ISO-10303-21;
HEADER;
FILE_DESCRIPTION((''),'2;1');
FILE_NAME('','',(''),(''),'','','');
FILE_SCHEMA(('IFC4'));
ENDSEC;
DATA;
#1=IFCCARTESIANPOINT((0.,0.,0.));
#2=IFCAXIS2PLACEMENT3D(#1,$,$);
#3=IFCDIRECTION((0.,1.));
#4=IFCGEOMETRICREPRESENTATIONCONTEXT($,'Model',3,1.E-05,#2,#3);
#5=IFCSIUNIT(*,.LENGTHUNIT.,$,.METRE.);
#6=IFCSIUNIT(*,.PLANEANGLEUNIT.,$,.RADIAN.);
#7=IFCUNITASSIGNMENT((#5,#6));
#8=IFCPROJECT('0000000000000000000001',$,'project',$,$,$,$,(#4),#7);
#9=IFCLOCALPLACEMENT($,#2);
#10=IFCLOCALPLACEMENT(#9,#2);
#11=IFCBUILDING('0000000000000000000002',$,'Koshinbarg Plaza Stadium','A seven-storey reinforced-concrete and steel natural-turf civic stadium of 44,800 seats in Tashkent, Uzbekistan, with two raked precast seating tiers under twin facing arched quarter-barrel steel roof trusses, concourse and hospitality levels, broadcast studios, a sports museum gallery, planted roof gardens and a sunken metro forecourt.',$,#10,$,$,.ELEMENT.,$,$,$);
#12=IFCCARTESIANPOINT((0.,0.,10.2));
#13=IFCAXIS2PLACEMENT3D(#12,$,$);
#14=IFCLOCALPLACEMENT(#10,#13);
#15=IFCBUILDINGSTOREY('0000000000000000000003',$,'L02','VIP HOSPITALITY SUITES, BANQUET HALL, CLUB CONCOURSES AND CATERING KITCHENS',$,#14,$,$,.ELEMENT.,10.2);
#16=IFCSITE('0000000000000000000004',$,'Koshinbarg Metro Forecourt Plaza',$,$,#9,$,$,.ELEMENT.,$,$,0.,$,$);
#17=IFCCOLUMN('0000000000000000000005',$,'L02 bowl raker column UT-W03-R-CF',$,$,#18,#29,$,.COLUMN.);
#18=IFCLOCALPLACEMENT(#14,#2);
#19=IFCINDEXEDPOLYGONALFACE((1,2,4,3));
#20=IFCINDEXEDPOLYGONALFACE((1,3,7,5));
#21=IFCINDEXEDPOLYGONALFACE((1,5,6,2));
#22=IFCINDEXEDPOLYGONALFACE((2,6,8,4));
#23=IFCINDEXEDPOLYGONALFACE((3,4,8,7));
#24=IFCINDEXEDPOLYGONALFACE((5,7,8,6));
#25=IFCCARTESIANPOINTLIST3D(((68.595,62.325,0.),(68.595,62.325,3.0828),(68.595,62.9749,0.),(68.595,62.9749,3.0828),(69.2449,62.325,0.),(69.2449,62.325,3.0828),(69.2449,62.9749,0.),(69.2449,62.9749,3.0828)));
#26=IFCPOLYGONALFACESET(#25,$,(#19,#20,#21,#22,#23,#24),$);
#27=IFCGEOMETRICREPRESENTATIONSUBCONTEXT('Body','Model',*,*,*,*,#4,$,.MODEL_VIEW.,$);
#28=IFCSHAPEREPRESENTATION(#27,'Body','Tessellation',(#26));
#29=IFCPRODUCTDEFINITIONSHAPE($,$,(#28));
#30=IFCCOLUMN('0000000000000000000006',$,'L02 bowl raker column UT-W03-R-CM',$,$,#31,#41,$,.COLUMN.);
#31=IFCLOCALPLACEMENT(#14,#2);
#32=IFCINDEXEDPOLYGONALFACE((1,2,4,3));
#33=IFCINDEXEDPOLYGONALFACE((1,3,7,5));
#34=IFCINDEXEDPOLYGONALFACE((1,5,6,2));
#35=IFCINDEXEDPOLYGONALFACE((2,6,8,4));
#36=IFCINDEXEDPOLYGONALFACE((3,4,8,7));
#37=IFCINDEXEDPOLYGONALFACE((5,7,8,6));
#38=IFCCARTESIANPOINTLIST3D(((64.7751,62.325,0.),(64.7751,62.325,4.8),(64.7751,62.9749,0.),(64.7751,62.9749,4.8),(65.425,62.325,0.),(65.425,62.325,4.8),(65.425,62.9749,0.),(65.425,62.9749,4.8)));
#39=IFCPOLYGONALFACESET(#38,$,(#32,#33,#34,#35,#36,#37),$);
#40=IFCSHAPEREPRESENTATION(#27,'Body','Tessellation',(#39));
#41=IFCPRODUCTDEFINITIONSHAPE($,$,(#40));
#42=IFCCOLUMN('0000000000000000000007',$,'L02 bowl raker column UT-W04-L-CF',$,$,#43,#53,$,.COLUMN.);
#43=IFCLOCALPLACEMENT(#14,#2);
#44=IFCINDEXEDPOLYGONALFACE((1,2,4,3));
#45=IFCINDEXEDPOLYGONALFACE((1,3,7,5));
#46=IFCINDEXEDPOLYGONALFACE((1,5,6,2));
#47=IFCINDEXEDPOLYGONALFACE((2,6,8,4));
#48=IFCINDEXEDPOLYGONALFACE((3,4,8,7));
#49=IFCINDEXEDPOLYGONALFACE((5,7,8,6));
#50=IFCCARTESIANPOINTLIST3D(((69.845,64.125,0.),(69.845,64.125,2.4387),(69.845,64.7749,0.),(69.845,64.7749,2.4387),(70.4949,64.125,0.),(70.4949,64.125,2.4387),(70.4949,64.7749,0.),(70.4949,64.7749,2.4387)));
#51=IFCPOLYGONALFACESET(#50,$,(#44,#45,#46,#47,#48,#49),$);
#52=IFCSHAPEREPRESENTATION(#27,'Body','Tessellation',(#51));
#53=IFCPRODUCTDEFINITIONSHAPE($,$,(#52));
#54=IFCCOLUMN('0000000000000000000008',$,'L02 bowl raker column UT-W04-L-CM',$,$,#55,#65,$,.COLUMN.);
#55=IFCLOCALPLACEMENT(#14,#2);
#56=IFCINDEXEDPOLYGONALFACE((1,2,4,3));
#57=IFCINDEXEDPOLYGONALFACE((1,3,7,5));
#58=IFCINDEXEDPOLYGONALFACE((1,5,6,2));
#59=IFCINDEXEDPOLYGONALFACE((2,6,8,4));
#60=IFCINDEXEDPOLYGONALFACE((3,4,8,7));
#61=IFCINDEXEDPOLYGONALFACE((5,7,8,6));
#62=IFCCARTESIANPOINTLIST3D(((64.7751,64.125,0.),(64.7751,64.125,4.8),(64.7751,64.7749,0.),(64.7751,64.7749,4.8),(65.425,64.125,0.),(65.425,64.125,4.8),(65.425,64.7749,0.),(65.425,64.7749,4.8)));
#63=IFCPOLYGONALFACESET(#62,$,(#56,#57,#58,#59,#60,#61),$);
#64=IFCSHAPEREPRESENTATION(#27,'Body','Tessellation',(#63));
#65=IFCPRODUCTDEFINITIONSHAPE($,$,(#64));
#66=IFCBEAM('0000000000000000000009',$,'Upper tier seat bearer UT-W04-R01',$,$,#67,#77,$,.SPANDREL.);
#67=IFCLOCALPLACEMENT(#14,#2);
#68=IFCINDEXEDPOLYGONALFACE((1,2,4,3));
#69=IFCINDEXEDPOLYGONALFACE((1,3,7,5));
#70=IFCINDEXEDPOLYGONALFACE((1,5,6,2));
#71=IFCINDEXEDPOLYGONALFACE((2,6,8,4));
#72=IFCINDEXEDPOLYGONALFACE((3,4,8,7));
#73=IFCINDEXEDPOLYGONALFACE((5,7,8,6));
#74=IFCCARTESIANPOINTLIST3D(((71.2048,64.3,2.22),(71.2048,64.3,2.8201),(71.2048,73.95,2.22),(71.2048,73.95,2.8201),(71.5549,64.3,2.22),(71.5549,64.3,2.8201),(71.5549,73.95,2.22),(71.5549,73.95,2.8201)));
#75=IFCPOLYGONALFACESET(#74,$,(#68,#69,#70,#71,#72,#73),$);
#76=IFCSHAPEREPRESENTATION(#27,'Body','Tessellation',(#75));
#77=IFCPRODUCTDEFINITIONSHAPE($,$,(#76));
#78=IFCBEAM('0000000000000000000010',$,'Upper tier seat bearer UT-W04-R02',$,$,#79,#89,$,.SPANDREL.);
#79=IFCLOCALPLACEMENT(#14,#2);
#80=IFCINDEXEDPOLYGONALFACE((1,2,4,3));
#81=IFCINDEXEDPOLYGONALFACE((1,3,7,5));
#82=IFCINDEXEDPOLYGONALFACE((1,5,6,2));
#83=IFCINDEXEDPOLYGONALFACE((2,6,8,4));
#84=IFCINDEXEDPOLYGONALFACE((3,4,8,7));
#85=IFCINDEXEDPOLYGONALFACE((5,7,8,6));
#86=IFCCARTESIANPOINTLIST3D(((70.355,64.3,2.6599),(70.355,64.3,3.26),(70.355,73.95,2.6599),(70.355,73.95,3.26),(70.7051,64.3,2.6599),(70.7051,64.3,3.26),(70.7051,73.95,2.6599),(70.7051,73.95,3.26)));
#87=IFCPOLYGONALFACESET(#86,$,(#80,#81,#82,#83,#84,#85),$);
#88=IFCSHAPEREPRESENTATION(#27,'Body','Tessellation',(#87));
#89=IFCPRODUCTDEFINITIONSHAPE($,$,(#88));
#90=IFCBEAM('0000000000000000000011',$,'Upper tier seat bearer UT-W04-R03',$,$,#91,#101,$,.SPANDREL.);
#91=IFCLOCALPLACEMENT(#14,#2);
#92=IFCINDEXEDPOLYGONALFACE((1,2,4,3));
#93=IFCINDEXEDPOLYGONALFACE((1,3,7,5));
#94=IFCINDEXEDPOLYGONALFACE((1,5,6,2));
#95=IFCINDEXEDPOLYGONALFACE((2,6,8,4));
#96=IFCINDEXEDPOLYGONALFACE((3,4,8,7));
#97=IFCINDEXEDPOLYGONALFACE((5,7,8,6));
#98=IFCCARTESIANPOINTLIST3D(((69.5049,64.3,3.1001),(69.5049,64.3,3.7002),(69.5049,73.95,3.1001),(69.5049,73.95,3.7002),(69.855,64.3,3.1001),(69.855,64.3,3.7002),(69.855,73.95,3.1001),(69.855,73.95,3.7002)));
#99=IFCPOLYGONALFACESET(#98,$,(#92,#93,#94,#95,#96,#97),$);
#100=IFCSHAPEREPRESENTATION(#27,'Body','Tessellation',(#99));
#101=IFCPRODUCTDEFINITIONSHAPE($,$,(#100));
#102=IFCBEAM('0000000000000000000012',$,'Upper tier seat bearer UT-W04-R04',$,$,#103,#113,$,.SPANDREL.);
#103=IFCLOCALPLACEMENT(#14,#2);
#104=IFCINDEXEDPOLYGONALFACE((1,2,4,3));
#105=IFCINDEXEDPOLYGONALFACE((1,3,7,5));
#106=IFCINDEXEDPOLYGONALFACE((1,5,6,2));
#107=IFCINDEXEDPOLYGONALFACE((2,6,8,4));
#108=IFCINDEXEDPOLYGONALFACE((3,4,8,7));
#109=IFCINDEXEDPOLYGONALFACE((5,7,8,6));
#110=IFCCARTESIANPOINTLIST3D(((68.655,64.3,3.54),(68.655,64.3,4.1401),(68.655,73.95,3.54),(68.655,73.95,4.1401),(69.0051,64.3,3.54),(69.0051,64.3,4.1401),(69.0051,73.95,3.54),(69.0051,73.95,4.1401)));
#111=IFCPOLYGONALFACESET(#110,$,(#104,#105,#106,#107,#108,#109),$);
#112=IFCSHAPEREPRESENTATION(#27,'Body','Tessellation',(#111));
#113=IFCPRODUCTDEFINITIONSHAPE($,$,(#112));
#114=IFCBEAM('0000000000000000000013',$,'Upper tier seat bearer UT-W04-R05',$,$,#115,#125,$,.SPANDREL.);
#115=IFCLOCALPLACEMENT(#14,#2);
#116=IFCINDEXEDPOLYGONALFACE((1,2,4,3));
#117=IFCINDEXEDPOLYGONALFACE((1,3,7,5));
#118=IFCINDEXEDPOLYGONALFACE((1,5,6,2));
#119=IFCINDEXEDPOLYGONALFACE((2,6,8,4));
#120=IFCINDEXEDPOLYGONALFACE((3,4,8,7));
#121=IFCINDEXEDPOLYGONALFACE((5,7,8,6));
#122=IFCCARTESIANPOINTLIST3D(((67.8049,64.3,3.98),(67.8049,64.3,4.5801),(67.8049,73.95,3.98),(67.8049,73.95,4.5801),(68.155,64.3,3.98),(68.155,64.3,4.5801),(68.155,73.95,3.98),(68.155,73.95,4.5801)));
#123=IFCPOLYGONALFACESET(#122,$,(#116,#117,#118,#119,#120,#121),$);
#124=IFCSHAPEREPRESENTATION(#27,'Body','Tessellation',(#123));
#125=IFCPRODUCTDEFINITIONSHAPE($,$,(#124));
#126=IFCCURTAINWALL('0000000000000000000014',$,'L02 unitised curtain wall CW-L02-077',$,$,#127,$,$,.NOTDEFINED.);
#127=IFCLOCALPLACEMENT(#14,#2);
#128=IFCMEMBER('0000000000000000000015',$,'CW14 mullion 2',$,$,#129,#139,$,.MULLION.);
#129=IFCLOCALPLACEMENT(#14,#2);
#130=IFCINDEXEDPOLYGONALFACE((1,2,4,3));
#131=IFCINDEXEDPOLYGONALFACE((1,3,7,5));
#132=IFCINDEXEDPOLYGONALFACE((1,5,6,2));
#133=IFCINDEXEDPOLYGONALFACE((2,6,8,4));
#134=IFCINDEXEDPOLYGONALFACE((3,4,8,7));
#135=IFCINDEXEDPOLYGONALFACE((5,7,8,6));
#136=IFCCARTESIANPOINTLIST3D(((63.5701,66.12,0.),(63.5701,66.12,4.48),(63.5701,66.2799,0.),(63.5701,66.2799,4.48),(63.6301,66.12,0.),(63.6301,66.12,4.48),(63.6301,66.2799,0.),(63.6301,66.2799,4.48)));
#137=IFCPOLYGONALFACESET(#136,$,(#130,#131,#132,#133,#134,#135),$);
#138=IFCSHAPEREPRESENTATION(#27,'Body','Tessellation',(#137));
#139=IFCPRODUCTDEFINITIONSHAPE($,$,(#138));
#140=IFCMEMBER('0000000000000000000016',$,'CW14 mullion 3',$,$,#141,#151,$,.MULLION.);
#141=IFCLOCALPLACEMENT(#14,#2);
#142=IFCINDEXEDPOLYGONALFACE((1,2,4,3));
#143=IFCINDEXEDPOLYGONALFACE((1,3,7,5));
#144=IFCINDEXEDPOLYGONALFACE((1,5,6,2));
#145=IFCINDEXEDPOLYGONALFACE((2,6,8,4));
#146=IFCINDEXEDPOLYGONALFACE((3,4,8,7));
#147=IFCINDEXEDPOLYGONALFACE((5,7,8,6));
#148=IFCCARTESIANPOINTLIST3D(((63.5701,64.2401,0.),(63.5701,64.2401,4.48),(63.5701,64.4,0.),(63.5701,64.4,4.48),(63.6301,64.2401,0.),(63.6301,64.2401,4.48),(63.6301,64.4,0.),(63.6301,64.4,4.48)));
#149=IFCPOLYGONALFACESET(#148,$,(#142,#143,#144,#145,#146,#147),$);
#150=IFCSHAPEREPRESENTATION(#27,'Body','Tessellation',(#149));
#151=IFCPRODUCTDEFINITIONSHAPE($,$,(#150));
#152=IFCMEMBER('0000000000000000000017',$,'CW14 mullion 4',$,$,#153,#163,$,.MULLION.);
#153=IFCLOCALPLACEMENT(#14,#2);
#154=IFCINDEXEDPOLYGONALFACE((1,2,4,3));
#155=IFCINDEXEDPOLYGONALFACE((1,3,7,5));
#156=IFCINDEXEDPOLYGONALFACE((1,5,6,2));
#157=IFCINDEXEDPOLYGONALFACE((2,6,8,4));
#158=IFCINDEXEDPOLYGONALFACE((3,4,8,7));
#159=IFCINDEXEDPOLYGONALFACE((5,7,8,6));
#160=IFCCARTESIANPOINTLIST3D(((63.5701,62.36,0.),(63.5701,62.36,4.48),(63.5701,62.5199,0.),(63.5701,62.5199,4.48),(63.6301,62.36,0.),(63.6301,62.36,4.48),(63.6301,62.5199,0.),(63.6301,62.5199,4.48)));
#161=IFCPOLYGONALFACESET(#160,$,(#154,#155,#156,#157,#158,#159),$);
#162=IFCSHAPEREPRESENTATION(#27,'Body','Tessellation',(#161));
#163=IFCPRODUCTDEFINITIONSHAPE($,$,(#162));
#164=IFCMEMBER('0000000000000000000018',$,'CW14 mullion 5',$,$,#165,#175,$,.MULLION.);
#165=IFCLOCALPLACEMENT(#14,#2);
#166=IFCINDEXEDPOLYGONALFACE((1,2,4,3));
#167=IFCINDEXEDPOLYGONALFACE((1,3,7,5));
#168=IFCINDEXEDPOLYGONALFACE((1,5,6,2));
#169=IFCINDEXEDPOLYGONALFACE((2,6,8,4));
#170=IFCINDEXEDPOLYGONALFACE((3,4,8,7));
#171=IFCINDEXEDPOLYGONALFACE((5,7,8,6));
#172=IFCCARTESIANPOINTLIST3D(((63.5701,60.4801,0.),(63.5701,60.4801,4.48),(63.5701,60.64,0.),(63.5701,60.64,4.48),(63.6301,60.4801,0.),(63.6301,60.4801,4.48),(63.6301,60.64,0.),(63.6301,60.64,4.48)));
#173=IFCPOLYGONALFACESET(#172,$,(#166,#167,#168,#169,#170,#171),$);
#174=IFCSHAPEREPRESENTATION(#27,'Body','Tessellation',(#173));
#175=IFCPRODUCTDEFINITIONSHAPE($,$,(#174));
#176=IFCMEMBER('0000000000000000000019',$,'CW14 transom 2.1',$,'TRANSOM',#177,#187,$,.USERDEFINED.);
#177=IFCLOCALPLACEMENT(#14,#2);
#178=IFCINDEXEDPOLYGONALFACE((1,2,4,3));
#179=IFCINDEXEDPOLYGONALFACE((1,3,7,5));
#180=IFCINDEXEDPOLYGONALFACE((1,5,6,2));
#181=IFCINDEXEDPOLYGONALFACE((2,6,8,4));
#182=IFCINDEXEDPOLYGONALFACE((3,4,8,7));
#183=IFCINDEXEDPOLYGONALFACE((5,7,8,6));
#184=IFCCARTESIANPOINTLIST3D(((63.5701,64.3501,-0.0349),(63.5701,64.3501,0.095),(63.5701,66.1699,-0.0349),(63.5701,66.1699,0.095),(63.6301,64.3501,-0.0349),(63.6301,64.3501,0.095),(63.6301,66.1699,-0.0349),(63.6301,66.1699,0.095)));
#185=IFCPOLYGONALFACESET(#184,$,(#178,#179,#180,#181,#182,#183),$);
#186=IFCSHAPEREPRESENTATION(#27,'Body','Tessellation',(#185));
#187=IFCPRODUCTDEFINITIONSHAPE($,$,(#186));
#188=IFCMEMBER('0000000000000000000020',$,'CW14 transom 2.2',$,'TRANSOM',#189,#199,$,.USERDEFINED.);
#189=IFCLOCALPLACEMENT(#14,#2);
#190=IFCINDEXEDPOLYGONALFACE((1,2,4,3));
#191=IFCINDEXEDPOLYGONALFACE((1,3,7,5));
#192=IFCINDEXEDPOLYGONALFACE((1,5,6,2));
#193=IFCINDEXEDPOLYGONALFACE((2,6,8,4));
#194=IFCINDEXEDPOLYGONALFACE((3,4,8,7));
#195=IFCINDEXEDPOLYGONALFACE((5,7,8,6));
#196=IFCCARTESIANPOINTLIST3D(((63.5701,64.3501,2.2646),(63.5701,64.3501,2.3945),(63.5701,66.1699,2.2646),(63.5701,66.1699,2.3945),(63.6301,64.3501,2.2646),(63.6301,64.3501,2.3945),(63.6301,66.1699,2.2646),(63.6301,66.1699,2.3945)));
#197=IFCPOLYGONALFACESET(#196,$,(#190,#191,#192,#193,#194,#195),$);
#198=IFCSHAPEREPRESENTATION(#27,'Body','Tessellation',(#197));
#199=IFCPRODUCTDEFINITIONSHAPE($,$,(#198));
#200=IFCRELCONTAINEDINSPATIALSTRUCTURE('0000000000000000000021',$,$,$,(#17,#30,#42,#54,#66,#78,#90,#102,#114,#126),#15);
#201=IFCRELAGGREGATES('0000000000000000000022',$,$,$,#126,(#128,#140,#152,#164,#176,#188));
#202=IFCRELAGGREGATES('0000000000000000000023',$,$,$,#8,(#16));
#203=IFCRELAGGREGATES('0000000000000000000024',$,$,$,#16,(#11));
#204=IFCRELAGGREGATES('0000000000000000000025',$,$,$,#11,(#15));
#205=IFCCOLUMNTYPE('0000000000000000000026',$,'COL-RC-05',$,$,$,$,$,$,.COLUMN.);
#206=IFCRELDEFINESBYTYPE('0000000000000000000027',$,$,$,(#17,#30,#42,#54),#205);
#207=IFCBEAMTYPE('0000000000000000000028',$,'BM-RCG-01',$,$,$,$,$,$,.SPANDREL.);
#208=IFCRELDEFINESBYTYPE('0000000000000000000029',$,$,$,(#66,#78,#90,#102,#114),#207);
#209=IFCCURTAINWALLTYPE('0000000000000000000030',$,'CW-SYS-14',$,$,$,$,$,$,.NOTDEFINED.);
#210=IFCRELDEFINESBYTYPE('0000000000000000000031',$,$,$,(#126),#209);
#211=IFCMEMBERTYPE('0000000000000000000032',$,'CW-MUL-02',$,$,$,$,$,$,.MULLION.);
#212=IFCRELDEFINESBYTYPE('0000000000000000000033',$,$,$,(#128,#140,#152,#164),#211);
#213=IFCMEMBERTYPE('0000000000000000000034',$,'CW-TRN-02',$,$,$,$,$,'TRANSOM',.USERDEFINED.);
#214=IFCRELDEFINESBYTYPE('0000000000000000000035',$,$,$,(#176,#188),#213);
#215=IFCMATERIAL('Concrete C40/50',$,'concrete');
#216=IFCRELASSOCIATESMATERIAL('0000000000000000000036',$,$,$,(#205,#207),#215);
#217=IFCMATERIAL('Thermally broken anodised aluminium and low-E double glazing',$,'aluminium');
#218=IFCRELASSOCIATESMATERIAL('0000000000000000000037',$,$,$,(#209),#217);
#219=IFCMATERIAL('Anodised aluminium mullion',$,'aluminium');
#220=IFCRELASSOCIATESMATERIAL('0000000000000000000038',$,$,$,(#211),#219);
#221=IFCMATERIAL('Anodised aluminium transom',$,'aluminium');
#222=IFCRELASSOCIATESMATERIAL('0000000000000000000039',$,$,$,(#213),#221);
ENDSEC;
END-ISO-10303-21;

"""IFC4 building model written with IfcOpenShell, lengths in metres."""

from ifc_helpers import new_model, si_unit, direction, frame, origin, origin_2d, place, context, subcontext, project, spatial, rectangle, extrude, material, material_profile, profile_set, type_object, element, aggregate, save


model = new_model("IFC4")

# Units and contexts
model_context = context("Model", 3, precision=1e-05, world=origin(), true_north=direction((0.0, 1.0)))
body_context = subcontext(model_context, "Body", "Model", "MODEL_VIEW")
ifc_project = project(units=[si_unit("LENGTHUNIT", "METRE"), si_unit("PLANEANGLEUNIT", "RADIAN")], contexts=[model_context])

# Site, building, storey
site_placement = place(None, origin())
site = spatial("IfcSite", under=ifc_project, at=site_placement, Name="Koshinbarg Metro Forecourt Plaza", CompositionType="ELEMENT", RefElevation=0.0)
building_placement = place(site_placement, origin())
building = spatial("IfcBuilding", under=site, at=building_placement, Name="Koshinbarg Plaza Stadium", Description="A seven-storey reinforced-concrete and steel natural-turf civic stadium of 44,800 seats in Tashkent, Uzbekistan, with two raked precast seating tiers under twin facing arched quarter-barrel steel roof trusses, concourse and hospitality levels, broadcast studios, a sports museum gallery, planted roof gardens and a sunken metro forecourt.", CompositionType="ELEMENT")
storey_placement = place(building_placement, frame((0.0, 0.0, 10.2)))
storey = spatial("IfcBuildingStorey", under=building, at=storey_placement, Name="L02", Description="VIP HOSPITALITY SUITES, BANQUET HALL, CLUB CONCOURSES AND CATERING KITCHENS", CompositionType="ELEMENT", Elevation=10.2)

# Columns
ifc_material_1 = material(Name="Concrete C40/50", Category="concrete")
ifc_material_profile_1 = material_profile(ifc_material_1, rectangle(XDim=0.6499, YDim=0.6499, at=origin_2d()), Name="RC 650x650")
ifc_profile_set_1 = profile_set([ifc_material_profile_1], Name="Concrete C40/50")
column_type = type_object("IfcColumnType", Name="COL-RC-05", PredefinedType="COLUMN", material=ifc_profile_set_1)
column_1_placement = place(storey_placement, frame((68.9199, 62.6499, 0.0), z_axis=(0.0, 0.0, 1.0), x_axis=(1.0, 0.0, 0.0)))
element("IfcColumn", 1, at=column_1_placement, inside=storey, type_object=column_type, Name="L02 bowl raker column UT-W03-R-CF", PredefinedType="COLUMN", context=body_context, shape_type="SweptSolid", body=[
    extrude(rectangle(XDim=0.6499, YDim=0.6499, at=origin_2d()), origin(), (0.0, 0.0, 1.0), 3.0828),
])
column_2_placement = place(storey_placement, frame((65.1001, 62.6499, 0.0), z_axis=(0.0, 0.0, 1.0), x_axis=(1.0, 0.0, 0.0)))
element("IfcColumn", 2, at=column_2_placement, inside=storey, type_object=column_type, Name="L02 bowl raker column UT-W03-R-CM", PredefinedType="COLUMN", context=body_context, shape_type="SweptSolid", body=[
    extrude(rectangle(XDim=0.6499, YDim=0.6499, at=origin_2d()), origin(), (0.0, 0.0, 1.0), 4.8),
])
column_3_placement = place(storey_placement, frame((70.1699, 64.45, 0.0), z_axis=(0.0, 0.0, 1.0), x_axis=(1.0, 0.0, 0.0)))
element("IfcColumn", 3, at=column_3_placement, inside=storey, type_object=column_type, Name="L02 bowl raker column UT-W04-L-CF", PredefinedType="COLUMN", context=body_context, shape_type="SweptSolid", body=[
    extrude(rectangle(XDim=0.6499, YDim=0.6499, at=origin_2d()), origin(), (0.0, 0.0, 1.0), 2.4387),
])
column_4_placement = place(storey_placement, frame((65.1001, 64.45, 0.0), z_axis=(0.0, 0.0, 1.0), x_axis=(1.0, 0.0, 0.0)))
element("IfcColumn", 4, at=column_4_placement, inside=storey, type_object=column_type, Name="L02 bowl raker column UT-W04-L-CM", PredefinedType="COLUMN", context=body_context, shape_type="SweptSolid", body=[
    extrude(rectangle(XDim=0.6499, YDim=0.6499, at=origin_2d()), origin(), (0.0, 0.0, 1.0), 4.8),
])

# Beams
ifc_material_profile_2 = material_profile(ifc_material_1, rectangle(XDim=0.3501, YDim=0.6001, at=origin_2d()), Name="RC 350x600")
ifc_profile_set_2 = profile_set([ifc_material_profile_2], Name="Concrete C40/50")
beam_type = type_object("IfcBeamType", Name="BM-RCG-01", PredefinedType="SPANDREL", material=ifc_profile_set_2)
for number, where, z_axis, x_axis, name in (
    (5, (71.3799, 64.3, 2.52), (0.0, 1.0, 0.0), (-1.0, 0.0, 0.0), "Upper tier seat bearer UT-W04-R01"),
    (6, (70.53, 64.3, 2.96), (0.0, 1.0, 0.0), (-1.0, 0.0, 0.0), "Upper tier seat bearer UT-W04-R02"),
    (7, (69.6799, 64.3, 3.4001), (0.0, 1.0, 0.0), (-1.0, 0.0, 0.0), "Upper tier seat bearer UT-W04-R03"),
    (8, (68.8301, 64.3, 3.8401), (0.0, 1.0, 0.0), (-1.0, 0.0, 0.0), "Upper tier seat bearer UT-W04-R04"),
    (9, (67.98, 64.3, 4.28), (0.0, 1.0, 0.0), (-1.0, 0.0, 0.0), "Upper tier seat bearer UT-W04-R05"),
):
    element("IfcBeam", number, at=place(storey_placement, frame(where, z_axis=z_axis, x_axis=x_axis)), inside=storey, type_object=beam_type, Name=name, PredefinedType="SPANDREL", context=body_context, shape_type="SweptSolid", body=[
        extrude(rectangle(XDim=0.3501, YDim=0.6001, at=origin_2d()), origin(), (0.0, 0.0, 1.0), 9.6499),
    ])

# Curtain wall, members
ifc_material_2 = material(Name="Thermally broken anodised aluminium and low-E double glazing", Category="aluminium")
curtain_wall_type = type_object("IfcCurtainWallType", Name="CW-SYS-14", PredefinedType="NOTDEFINED", material=ifc_material_2)
curtain_wall_placement = place(storey_placement, origin())
curtain_wall = element("IfcCurtainWall", 10, at=curtain_wall_placement, inside=storey, type_object=curtain_wall_type, Name="L02 unitised curtain wall CW-L02-077", PredefinedType="NOTDEFINED")
ifc_material_3 = material(Name="Anodised aluminium mullion", Category="aluminium")
ifc_material_profile_3 = material_profile(ifc_material_3, rectangle(XDim=0.0601, YDim=0.1599, at=origin_2d()), Name="ALU 60x160")
ifc_profile_set_3 = profile_set([ifc_material_profile_3], Name="Anodised aluminium mullion")
member_type_1 = type_object("IfcMemberType", Name="CW-MUL-02", PredefinedType="MULLION", material=ifc_profile_set_3)
member_1_placement = place(storey_placement, frame((63.6001, 66.2, 0.0), z_axis=(0.0, 0.0, 1.0), x_axis=(1.0, 0.0, 0.0)))
member_1 = element("IfcMember", 11, at=member_1_placement, type_object=member_type_1, Name="CW14 mullion 2", PredefinedType="MULLION", context=body_context, shape_type="SweptSolid", body=[
    extrude(rectangle(XDim=0.0601, YDim=0.1599, at=origin_2d()), origin(), (0.0, 0.0, 1.0), 4.48),
])
member_2_placement = place(storey_placement, frame((63.6001, 64.3201, 0.0), z_axis=(0.0, 0.0, 1.0), x_axis=(1.0, 0.0, 0.0)))
member_2 = element("IfcMember", 12, at=member_2_placement, type_object=member_type_1, Name="CW14 mullion 3", PredefinedType="MULLION", context=body_context, shape_type="SweptSolid", body=[
    extrude(rectangle(XDim=0.0601, YDim=0.1599, at=origin_2d()), origin(), (0.0, 0.0, 1.0), 4.48),
])
member_3_placement = place(storey_placement, frame((63.6001, 62.4399, 0.0), z_axis=(0.0, 0.0, 1.0), x_axis=(1.0, 0.0, 0.0)))
member_3 = element("IfcMember", 13, at=member_3_placement, type_object=member_type_1, Name="CW14 mullion 4", PredefinedType="MULLION", context=body_context, shape_type="SweptSolid", body=[
    extrude(rectangle(XDim=0.0601, YDim=0.1599, at=origin_2d()), origin(), (0.0, 0.0, 1.0), 4.48),
])
member_4_placement = place(storey_placement, frame((63.6001, 60.5601, 0.0), z_axis=(0.0, 0.0, 1.0), x_axis=(1.0, 0.0, 0.0)))
member_4 = element("IfcMember", 14, at=member_4_placement, type_object=member_type_1, Name="CW14 mullion 5", PredefinedType="MULLION", context=body_context, shape_type="SweptSolid", body=[
    extrude(rectangle(XDim=0.0601, YDim=0.1599, at=origin_2d()), origin(), (0.0, 0.0, 1.0), 4.48),
])
ifc_material_4 = material(Name="Anodised aluminium transom", Category="aluminium")
ifc_material_profile_4 = material_profile(ifc_material_4, rectangle(XDim=0.0601, YDim=0.1299, at=origin_2d()), Name="ALU 60x130")
ifc_profile_set_4 = profile_set([ifc_material_profile_4], Name="Anodised aluminium transom")
member_type_2 = type_object("IfcMemberType", Name="CW-TRN-02", ElementType="TRANSOM", PredefinedType="USERDEFINED", material=ifc_profile_set_4)
member_5_placement = place(storey_placement, frame((63.6001, 66.1699, 0.03), z_axis=(0.0, -1.0, 0.0), x_axis=(1.0, 0.0, 0.0)))
member_5 = element("IfcMember", 15, at=member_5_placement, type_object=member_type_2, Name="CW14 transom 2.1", ObjectType="TRANSOM", PredefinedType="USERDEFINED", context=body_context, shape_type="SweptSolid", body=[
    extrude(rectangle(XDim=0.0601, YDim=0.1299, at=origin_2d()), origin(), (0.0, 0.0, 1.0), 1.8198),
])
member_6_placement = place(storey_placement, frame((63.6001, 66.1699, 2.3296), z_axis=(0.0, -1.0, 0.0), x_axis=(1.0, 0.0, 0.0)))
member_6 = element("IfcMember", 16, at=member_6_placement, type_object=member_type_2, Name="CW14 transom 2.2", ObjectType="TRANSOM", PredefinedType="USERDEFINED", context=body_context, shape_type="SweptSolid", body=[
    extrude(rectangle(XDim=0.0601, YDim=0.1299, at=origin_2d()), origin(), (0.0, 0.0, 1.0), 1.8198),
])

aggregate(curtain_wall, [member_1, member_2, member_3, member_4, member_5, member_6])

save(model, "model.ifc")
